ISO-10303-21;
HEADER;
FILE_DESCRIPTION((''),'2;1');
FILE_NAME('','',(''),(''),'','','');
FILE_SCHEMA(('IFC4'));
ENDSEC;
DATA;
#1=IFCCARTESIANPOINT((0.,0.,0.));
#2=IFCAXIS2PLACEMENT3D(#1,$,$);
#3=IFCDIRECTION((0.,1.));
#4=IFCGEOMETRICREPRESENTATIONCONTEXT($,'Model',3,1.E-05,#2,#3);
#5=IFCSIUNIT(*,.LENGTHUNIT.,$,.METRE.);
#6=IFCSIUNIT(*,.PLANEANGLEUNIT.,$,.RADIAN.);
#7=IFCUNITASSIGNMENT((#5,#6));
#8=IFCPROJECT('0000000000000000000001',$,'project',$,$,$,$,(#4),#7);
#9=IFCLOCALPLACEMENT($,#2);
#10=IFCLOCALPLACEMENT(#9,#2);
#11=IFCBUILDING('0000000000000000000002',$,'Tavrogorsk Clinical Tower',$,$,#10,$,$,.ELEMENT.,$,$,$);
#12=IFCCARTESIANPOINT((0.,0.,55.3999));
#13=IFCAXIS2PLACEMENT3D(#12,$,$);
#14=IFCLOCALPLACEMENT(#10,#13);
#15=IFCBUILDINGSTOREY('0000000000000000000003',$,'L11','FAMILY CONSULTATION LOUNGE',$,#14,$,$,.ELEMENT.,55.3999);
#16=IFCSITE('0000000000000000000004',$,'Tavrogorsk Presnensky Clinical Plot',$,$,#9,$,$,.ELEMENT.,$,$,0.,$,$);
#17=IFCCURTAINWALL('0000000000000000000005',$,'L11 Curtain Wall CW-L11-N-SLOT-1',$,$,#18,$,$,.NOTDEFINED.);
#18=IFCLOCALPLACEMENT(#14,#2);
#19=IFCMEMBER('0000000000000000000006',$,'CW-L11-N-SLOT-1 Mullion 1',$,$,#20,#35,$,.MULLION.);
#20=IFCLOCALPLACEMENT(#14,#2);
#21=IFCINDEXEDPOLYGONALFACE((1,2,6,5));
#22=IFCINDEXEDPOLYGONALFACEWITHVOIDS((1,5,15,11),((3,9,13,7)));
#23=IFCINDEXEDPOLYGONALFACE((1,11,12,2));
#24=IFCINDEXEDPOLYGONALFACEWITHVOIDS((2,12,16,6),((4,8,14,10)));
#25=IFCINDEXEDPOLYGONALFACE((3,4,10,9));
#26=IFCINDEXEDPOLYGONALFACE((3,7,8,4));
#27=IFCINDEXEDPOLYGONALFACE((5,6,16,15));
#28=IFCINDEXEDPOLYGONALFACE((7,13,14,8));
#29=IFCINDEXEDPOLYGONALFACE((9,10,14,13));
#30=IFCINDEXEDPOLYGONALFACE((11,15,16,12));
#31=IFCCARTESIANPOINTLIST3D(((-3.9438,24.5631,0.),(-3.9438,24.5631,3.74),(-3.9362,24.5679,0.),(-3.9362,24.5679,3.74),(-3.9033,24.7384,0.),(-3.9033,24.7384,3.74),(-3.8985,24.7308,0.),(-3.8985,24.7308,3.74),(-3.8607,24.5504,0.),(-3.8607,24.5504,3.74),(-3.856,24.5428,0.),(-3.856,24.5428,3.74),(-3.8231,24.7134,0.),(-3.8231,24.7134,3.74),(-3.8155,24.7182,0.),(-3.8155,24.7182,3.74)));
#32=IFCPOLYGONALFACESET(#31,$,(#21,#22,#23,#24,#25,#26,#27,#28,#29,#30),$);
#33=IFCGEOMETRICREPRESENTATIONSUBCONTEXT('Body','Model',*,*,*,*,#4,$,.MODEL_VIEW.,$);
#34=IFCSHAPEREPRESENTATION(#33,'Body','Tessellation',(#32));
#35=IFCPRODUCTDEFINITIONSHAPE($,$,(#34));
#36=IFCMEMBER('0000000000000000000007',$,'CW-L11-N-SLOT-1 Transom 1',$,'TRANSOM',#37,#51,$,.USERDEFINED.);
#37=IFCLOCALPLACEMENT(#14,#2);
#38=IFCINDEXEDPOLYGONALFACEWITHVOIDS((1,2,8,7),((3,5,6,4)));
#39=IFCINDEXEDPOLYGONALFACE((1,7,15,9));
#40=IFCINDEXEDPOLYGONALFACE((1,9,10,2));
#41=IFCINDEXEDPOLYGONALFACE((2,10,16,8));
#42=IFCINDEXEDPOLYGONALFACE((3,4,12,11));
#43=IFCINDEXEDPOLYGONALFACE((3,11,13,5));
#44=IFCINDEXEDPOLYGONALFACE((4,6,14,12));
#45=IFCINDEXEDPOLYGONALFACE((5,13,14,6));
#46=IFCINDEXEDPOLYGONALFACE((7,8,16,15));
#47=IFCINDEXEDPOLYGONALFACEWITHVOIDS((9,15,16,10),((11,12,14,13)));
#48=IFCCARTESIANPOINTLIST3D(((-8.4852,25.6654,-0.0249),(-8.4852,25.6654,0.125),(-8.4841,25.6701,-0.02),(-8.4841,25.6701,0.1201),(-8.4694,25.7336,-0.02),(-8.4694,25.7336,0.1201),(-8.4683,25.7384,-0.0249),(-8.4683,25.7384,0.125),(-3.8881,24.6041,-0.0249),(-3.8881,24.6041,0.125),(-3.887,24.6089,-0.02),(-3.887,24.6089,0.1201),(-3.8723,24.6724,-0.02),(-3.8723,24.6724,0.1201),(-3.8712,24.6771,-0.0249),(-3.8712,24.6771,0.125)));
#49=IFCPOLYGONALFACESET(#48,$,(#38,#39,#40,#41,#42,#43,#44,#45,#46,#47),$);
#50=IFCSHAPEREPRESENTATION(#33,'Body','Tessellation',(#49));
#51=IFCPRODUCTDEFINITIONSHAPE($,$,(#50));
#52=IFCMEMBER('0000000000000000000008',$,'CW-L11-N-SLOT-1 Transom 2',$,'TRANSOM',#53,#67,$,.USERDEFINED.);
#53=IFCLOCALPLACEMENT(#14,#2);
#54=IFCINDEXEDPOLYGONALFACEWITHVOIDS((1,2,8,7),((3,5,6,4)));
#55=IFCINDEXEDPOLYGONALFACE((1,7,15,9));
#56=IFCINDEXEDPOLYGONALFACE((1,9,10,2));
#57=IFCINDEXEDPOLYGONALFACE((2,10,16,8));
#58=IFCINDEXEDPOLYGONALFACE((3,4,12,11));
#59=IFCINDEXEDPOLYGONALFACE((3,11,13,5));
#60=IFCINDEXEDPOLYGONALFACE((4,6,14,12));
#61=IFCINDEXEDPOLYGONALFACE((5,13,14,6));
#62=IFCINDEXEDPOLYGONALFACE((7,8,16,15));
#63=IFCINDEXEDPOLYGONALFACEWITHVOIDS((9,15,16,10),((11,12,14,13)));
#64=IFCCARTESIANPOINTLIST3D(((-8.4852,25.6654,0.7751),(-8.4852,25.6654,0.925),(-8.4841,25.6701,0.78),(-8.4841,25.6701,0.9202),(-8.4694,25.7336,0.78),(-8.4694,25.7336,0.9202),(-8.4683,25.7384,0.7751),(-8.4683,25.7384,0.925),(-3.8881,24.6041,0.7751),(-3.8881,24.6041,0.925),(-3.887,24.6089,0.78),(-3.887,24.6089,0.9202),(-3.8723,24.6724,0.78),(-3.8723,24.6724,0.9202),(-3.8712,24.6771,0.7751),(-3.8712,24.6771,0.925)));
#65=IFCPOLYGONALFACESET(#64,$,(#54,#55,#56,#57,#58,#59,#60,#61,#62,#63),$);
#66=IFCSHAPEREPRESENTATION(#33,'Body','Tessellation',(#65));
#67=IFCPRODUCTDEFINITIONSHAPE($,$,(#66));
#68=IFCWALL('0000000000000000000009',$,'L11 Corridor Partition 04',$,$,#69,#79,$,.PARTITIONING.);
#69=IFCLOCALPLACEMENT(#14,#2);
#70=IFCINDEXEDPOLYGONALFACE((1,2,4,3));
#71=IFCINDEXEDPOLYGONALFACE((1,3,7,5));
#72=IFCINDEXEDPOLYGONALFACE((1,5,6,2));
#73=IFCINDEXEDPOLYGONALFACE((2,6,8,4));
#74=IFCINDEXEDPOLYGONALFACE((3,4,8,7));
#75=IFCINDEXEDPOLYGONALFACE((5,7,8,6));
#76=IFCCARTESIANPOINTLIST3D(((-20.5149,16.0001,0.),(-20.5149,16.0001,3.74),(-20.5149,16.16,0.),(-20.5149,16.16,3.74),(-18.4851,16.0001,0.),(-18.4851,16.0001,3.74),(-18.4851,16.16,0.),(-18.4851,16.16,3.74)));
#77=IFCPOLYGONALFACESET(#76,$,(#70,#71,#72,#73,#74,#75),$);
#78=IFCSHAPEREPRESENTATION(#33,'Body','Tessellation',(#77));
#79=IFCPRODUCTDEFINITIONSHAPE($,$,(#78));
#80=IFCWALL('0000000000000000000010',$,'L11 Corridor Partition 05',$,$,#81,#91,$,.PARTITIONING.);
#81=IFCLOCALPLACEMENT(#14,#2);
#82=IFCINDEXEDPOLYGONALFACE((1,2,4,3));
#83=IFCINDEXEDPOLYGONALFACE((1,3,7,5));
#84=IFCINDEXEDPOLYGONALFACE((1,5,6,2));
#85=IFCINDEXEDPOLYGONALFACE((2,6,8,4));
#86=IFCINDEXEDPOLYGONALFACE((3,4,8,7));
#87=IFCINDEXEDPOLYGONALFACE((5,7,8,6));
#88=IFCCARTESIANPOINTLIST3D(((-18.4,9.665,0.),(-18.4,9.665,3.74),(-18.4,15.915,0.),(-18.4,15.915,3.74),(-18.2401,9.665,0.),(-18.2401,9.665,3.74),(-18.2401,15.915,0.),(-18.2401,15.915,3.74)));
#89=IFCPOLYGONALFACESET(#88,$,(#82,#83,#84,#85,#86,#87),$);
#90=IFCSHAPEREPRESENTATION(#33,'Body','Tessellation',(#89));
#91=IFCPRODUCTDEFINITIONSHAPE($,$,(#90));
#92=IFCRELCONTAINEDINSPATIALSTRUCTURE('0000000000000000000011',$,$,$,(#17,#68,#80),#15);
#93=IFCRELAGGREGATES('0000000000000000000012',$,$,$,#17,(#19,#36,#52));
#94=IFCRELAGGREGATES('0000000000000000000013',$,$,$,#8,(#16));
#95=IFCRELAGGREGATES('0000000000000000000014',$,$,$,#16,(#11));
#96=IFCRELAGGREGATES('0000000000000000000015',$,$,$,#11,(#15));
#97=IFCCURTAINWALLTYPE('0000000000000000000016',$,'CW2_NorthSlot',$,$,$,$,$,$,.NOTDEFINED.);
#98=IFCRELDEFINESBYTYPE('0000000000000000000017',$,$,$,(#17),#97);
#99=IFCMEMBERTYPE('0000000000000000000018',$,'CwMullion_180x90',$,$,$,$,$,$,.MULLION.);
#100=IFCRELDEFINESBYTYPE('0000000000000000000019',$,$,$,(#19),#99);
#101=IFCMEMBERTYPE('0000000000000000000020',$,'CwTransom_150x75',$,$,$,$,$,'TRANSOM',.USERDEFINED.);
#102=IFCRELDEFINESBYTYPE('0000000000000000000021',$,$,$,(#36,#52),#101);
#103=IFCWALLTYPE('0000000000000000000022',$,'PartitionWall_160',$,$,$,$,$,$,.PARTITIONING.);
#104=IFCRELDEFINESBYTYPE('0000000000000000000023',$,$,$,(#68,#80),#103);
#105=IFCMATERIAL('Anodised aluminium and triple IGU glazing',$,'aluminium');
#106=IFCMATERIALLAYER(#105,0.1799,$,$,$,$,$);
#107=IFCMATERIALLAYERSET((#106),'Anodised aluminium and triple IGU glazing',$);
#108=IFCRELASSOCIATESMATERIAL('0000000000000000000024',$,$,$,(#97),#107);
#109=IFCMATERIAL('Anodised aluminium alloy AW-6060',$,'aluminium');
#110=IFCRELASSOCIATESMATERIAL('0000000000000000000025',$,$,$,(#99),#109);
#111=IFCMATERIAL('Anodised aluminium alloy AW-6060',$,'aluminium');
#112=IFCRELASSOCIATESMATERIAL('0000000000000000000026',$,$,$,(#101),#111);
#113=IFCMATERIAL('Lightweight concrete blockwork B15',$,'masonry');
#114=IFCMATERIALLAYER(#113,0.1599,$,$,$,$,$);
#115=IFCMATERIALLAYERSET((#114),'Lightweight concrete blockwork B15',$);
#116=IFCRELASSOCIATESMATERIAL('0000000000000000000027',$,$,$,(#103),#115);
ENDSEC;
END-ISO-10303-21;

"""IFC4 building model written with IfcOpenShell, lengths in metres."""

from ifc_helpers import new_model, si_unit, direction, frame, frame_2d, origin, origin_2d, place, context, subcontext, project, spatial, rectangle, hollow_rectangle, extrude, material, layer, layer_set, material_profile, profile_set, type_object, element, aggregate, save


model = new_model("IFC4")

# Units and contexts
model_context = context("Model", 3, precision=1e-05, world=origin(), true_north=direction((0.0, 1.0)))
body_context = subcontext(model_context, "Body", "Model", "MODEL_VIEW")
ifc_project = project(units=[si_unit("LENGTHUNIT", "METRE"), si_unit("PLANEANGLEUNIT", "RADIAN")], contexts=[model_context])

# Site, building, storey
site_placement = place(None, origin())
site = spatial("IfcSite", under=ifc_project, at=site_placement, Name="Tavrogorsk Presnensky Clinical Plot", CompositionType="ELEMENT", RefElevation=0.0)
building_placement = place(site_placement, origin())
building = spatial("IfcBuilding", under=site, at=building_placement, Name="Tavrogorsk Clinical Tower", CompositionType="ELEMENT")
storey_placement = place(building_placement, frame((0.0, 0.0, 55.3999)))
storey = spatial("IfcBuildingStorey", under=building, at=storey_placement, Name="L11", Description="FAMILY CONSULTATION LOUNGE", CompositionType="ELEMENT", Elevation=55.3999)

# Curtain wall, members
ifc_material_1 = material(Name="Anodised aluminium and triple IGU glazing", Category="aluminium")
ifc_layer_1 = layer(ifc_material_1, 0.1799)
ifc_layer_set_1 = layer_set([ifc_layer_1], Name="Anodised aluminium and triple IGU glazing")
curtain_wall_type = type_object("IfcCurtainWallType", Name="CW2_NorthSlot", PredefinedType="NOTDEFINED", material=ifc_layer_set_1)
curtain_wall_placement = place(storey_placement, origin())
curtain_wall = element("IfcCurtainWall", 1, at=curtain_wall_placement, inside=storey, type_object=curtain_wall_type, Name="L11 Curtain Wall CW-L11-N-SLOT-1", PredefinedType="NOTDEFINED")
ifc_material_2 = material(Name="Anodised aluminium alloy AW-6060", Category="aluminium")
ifc_material_profile_1 = material_profile(ifc_material_2, hollow_rectangle(XDim=0.0901, YDim=0.1799, WallThickness=0.0063, at=origin_2d()), Name="RHS-180x90x6.3")
ifc_profile_set_1 = profile_set([ifc_material_profile_1], Name="Anodised aluminium alloy AW-6060")
member_type_1 = type_object("IfcMemberType", Name="CwMullion_180x90", PredefinedType="MULLION", material=ifc_profile_set_1)
member_1_placement = place(storey_placement, frame((-3.8796, 24.6406, 0.0), z_axis=(0.0, 0.0, 1.0), x_axis=(-0.97437, 0.224951, 0.0)))
member_1 = element("IfcMember", 2, at=member_1_placement, type_object=member_type_1, Name="CW-L11-N-SLOT-1 Mullion 1", PredefinedType="MULLION", context=body_context, shape_type="SweptSolid", body=[
    extrude(hollow_rectangle(XDim=0.0901, YDim=0.1799, WallThickness=0.0063, at=origin_2d()), origin(), (0.0, 0.0, 1.0), 3.74),
])
ifc_material_3 = material(Name="Anodised aluminium alloy AW-6060", Category="aluminium")
ifc_material_profile_2 = material_profile(ifc_material_3, hollow_rectangle(XDim=0.075, YDim=0.1499, WallThickness=0.0049, at=origin_2d()), Name="RHS-150x75x5")
ifc_profile_set_2 = profile_set([ifc_material_profile_2], Name="Anodised aluminium alloy AW-6060")
member_type_2 = type_object("IfcMemberType", Name="CwTransom_150x75", ElementType="TRANSOM", PredefinedType="USERDEFINED", material=ifc_profile_set_2)
member_2_placement = place(storey_placement, frame((-3.8796, 24.6406, 0.05), z_axis=(-0.974373, 0.224939, 0.0), x_axis=(-0.224939, -0.974373, 0.0)))
member_2 = element("IfcMember", 3, at=member_2_placement, type_object=member_type_2, Name="CW-L11-N-SLOT-1 Transom 1", ObjectType="TRANSOM", PredefinedType="USERDEFINED", context=body_context, shape_type="SweptSolid", body=[
    extrude(hollow_rectangle(XDim=0.075, YDim=0.1499, WallThickness=0.0049, at=origin_2d()), origin(), (0.0, 0.0, 1.0), 4.718),
])
member_3_placement = place(storey_placement, frame((-3.8796, 24.6406, 0.8501), z_axis=(-0.974373, 0.224939, 0.0), x_axis=(-0.224939, -0.974373, 0.0)))
member_3 = element("IfcMember", 4, at=member_3_placement, type_object=member_type_2, Name="CW-L11-N-SLOT-1 Transom 2", ObjectType="TRANSOM", PredefinedType="USERDEFINED", context=body_context, shape_type="SweptSolid", body=[
    extrude(hollow_rectangle(XDim=0.075, YDim=0.1499, WallThickness=0.0049, at=origin_2d()), origin(), (0.0, 0.0, 1.0), 4.718),
])
aggregate(curtain_wall, [member_1, member_2, member_3])

# Walls
ifc_material_4 = material(Name="Lightweight concrete blockwork B15", Category="masonry")
ifc_layer_2 = layer(ifc_material_4, 0.1599)
ifc_layer_set_2 = layer_set([ifc_layer_2], Name="Lightweight concrete blockwork B15")
wall_type = type_object("IfcWallType", Name="PartitionWall_160", PredefinedType="PARTITIONING", material=ifc_layer_set_2)
wall_1_placement = place(storey_placement, frame((-20.5149, 16.0801, 0.0), z_axis=(0.0, 0.0, 1.0), x_axis=(1.0, 0.0, 0.0)))
element("IfcWall", 5, at=wall_1_placement, inside=storey, type_object=wall_type, Name="L11 Corridor Partition 04", PredefinedType="PARTITIONING", context=body_context, shape_type="SweptSolid", body=[
    extrude(rectangle(XDim=2.0298, YDim=0.1599, at=frame_2d((1.0149, 0.0))), origin(), (0.0, 0.0, 1.0), 3.74),
])
wall_2_placement = place(storey_placement, frame((-18.3201, 15.915, 0.0), z_axis=(0.0, 0.0, 1.0), x_axis=(0.0, -1.0, 0.0)))
element("IfcWall", 6, at=wall_2_placement, inside=storey, type_object=wall_type, Name="L11 Corridor Partition 05", PredefinedType="PARTITIONING", context=body_context, shape_type="SweptSolid", body=[
    extrude(rectangle(XDim=6.25, YDim=0.1599, at=frame_2d((3.125, 0.0))), origin(), (0.0, 0.0, 1.0), 3.74),
])

save(model, "model.ifc")
